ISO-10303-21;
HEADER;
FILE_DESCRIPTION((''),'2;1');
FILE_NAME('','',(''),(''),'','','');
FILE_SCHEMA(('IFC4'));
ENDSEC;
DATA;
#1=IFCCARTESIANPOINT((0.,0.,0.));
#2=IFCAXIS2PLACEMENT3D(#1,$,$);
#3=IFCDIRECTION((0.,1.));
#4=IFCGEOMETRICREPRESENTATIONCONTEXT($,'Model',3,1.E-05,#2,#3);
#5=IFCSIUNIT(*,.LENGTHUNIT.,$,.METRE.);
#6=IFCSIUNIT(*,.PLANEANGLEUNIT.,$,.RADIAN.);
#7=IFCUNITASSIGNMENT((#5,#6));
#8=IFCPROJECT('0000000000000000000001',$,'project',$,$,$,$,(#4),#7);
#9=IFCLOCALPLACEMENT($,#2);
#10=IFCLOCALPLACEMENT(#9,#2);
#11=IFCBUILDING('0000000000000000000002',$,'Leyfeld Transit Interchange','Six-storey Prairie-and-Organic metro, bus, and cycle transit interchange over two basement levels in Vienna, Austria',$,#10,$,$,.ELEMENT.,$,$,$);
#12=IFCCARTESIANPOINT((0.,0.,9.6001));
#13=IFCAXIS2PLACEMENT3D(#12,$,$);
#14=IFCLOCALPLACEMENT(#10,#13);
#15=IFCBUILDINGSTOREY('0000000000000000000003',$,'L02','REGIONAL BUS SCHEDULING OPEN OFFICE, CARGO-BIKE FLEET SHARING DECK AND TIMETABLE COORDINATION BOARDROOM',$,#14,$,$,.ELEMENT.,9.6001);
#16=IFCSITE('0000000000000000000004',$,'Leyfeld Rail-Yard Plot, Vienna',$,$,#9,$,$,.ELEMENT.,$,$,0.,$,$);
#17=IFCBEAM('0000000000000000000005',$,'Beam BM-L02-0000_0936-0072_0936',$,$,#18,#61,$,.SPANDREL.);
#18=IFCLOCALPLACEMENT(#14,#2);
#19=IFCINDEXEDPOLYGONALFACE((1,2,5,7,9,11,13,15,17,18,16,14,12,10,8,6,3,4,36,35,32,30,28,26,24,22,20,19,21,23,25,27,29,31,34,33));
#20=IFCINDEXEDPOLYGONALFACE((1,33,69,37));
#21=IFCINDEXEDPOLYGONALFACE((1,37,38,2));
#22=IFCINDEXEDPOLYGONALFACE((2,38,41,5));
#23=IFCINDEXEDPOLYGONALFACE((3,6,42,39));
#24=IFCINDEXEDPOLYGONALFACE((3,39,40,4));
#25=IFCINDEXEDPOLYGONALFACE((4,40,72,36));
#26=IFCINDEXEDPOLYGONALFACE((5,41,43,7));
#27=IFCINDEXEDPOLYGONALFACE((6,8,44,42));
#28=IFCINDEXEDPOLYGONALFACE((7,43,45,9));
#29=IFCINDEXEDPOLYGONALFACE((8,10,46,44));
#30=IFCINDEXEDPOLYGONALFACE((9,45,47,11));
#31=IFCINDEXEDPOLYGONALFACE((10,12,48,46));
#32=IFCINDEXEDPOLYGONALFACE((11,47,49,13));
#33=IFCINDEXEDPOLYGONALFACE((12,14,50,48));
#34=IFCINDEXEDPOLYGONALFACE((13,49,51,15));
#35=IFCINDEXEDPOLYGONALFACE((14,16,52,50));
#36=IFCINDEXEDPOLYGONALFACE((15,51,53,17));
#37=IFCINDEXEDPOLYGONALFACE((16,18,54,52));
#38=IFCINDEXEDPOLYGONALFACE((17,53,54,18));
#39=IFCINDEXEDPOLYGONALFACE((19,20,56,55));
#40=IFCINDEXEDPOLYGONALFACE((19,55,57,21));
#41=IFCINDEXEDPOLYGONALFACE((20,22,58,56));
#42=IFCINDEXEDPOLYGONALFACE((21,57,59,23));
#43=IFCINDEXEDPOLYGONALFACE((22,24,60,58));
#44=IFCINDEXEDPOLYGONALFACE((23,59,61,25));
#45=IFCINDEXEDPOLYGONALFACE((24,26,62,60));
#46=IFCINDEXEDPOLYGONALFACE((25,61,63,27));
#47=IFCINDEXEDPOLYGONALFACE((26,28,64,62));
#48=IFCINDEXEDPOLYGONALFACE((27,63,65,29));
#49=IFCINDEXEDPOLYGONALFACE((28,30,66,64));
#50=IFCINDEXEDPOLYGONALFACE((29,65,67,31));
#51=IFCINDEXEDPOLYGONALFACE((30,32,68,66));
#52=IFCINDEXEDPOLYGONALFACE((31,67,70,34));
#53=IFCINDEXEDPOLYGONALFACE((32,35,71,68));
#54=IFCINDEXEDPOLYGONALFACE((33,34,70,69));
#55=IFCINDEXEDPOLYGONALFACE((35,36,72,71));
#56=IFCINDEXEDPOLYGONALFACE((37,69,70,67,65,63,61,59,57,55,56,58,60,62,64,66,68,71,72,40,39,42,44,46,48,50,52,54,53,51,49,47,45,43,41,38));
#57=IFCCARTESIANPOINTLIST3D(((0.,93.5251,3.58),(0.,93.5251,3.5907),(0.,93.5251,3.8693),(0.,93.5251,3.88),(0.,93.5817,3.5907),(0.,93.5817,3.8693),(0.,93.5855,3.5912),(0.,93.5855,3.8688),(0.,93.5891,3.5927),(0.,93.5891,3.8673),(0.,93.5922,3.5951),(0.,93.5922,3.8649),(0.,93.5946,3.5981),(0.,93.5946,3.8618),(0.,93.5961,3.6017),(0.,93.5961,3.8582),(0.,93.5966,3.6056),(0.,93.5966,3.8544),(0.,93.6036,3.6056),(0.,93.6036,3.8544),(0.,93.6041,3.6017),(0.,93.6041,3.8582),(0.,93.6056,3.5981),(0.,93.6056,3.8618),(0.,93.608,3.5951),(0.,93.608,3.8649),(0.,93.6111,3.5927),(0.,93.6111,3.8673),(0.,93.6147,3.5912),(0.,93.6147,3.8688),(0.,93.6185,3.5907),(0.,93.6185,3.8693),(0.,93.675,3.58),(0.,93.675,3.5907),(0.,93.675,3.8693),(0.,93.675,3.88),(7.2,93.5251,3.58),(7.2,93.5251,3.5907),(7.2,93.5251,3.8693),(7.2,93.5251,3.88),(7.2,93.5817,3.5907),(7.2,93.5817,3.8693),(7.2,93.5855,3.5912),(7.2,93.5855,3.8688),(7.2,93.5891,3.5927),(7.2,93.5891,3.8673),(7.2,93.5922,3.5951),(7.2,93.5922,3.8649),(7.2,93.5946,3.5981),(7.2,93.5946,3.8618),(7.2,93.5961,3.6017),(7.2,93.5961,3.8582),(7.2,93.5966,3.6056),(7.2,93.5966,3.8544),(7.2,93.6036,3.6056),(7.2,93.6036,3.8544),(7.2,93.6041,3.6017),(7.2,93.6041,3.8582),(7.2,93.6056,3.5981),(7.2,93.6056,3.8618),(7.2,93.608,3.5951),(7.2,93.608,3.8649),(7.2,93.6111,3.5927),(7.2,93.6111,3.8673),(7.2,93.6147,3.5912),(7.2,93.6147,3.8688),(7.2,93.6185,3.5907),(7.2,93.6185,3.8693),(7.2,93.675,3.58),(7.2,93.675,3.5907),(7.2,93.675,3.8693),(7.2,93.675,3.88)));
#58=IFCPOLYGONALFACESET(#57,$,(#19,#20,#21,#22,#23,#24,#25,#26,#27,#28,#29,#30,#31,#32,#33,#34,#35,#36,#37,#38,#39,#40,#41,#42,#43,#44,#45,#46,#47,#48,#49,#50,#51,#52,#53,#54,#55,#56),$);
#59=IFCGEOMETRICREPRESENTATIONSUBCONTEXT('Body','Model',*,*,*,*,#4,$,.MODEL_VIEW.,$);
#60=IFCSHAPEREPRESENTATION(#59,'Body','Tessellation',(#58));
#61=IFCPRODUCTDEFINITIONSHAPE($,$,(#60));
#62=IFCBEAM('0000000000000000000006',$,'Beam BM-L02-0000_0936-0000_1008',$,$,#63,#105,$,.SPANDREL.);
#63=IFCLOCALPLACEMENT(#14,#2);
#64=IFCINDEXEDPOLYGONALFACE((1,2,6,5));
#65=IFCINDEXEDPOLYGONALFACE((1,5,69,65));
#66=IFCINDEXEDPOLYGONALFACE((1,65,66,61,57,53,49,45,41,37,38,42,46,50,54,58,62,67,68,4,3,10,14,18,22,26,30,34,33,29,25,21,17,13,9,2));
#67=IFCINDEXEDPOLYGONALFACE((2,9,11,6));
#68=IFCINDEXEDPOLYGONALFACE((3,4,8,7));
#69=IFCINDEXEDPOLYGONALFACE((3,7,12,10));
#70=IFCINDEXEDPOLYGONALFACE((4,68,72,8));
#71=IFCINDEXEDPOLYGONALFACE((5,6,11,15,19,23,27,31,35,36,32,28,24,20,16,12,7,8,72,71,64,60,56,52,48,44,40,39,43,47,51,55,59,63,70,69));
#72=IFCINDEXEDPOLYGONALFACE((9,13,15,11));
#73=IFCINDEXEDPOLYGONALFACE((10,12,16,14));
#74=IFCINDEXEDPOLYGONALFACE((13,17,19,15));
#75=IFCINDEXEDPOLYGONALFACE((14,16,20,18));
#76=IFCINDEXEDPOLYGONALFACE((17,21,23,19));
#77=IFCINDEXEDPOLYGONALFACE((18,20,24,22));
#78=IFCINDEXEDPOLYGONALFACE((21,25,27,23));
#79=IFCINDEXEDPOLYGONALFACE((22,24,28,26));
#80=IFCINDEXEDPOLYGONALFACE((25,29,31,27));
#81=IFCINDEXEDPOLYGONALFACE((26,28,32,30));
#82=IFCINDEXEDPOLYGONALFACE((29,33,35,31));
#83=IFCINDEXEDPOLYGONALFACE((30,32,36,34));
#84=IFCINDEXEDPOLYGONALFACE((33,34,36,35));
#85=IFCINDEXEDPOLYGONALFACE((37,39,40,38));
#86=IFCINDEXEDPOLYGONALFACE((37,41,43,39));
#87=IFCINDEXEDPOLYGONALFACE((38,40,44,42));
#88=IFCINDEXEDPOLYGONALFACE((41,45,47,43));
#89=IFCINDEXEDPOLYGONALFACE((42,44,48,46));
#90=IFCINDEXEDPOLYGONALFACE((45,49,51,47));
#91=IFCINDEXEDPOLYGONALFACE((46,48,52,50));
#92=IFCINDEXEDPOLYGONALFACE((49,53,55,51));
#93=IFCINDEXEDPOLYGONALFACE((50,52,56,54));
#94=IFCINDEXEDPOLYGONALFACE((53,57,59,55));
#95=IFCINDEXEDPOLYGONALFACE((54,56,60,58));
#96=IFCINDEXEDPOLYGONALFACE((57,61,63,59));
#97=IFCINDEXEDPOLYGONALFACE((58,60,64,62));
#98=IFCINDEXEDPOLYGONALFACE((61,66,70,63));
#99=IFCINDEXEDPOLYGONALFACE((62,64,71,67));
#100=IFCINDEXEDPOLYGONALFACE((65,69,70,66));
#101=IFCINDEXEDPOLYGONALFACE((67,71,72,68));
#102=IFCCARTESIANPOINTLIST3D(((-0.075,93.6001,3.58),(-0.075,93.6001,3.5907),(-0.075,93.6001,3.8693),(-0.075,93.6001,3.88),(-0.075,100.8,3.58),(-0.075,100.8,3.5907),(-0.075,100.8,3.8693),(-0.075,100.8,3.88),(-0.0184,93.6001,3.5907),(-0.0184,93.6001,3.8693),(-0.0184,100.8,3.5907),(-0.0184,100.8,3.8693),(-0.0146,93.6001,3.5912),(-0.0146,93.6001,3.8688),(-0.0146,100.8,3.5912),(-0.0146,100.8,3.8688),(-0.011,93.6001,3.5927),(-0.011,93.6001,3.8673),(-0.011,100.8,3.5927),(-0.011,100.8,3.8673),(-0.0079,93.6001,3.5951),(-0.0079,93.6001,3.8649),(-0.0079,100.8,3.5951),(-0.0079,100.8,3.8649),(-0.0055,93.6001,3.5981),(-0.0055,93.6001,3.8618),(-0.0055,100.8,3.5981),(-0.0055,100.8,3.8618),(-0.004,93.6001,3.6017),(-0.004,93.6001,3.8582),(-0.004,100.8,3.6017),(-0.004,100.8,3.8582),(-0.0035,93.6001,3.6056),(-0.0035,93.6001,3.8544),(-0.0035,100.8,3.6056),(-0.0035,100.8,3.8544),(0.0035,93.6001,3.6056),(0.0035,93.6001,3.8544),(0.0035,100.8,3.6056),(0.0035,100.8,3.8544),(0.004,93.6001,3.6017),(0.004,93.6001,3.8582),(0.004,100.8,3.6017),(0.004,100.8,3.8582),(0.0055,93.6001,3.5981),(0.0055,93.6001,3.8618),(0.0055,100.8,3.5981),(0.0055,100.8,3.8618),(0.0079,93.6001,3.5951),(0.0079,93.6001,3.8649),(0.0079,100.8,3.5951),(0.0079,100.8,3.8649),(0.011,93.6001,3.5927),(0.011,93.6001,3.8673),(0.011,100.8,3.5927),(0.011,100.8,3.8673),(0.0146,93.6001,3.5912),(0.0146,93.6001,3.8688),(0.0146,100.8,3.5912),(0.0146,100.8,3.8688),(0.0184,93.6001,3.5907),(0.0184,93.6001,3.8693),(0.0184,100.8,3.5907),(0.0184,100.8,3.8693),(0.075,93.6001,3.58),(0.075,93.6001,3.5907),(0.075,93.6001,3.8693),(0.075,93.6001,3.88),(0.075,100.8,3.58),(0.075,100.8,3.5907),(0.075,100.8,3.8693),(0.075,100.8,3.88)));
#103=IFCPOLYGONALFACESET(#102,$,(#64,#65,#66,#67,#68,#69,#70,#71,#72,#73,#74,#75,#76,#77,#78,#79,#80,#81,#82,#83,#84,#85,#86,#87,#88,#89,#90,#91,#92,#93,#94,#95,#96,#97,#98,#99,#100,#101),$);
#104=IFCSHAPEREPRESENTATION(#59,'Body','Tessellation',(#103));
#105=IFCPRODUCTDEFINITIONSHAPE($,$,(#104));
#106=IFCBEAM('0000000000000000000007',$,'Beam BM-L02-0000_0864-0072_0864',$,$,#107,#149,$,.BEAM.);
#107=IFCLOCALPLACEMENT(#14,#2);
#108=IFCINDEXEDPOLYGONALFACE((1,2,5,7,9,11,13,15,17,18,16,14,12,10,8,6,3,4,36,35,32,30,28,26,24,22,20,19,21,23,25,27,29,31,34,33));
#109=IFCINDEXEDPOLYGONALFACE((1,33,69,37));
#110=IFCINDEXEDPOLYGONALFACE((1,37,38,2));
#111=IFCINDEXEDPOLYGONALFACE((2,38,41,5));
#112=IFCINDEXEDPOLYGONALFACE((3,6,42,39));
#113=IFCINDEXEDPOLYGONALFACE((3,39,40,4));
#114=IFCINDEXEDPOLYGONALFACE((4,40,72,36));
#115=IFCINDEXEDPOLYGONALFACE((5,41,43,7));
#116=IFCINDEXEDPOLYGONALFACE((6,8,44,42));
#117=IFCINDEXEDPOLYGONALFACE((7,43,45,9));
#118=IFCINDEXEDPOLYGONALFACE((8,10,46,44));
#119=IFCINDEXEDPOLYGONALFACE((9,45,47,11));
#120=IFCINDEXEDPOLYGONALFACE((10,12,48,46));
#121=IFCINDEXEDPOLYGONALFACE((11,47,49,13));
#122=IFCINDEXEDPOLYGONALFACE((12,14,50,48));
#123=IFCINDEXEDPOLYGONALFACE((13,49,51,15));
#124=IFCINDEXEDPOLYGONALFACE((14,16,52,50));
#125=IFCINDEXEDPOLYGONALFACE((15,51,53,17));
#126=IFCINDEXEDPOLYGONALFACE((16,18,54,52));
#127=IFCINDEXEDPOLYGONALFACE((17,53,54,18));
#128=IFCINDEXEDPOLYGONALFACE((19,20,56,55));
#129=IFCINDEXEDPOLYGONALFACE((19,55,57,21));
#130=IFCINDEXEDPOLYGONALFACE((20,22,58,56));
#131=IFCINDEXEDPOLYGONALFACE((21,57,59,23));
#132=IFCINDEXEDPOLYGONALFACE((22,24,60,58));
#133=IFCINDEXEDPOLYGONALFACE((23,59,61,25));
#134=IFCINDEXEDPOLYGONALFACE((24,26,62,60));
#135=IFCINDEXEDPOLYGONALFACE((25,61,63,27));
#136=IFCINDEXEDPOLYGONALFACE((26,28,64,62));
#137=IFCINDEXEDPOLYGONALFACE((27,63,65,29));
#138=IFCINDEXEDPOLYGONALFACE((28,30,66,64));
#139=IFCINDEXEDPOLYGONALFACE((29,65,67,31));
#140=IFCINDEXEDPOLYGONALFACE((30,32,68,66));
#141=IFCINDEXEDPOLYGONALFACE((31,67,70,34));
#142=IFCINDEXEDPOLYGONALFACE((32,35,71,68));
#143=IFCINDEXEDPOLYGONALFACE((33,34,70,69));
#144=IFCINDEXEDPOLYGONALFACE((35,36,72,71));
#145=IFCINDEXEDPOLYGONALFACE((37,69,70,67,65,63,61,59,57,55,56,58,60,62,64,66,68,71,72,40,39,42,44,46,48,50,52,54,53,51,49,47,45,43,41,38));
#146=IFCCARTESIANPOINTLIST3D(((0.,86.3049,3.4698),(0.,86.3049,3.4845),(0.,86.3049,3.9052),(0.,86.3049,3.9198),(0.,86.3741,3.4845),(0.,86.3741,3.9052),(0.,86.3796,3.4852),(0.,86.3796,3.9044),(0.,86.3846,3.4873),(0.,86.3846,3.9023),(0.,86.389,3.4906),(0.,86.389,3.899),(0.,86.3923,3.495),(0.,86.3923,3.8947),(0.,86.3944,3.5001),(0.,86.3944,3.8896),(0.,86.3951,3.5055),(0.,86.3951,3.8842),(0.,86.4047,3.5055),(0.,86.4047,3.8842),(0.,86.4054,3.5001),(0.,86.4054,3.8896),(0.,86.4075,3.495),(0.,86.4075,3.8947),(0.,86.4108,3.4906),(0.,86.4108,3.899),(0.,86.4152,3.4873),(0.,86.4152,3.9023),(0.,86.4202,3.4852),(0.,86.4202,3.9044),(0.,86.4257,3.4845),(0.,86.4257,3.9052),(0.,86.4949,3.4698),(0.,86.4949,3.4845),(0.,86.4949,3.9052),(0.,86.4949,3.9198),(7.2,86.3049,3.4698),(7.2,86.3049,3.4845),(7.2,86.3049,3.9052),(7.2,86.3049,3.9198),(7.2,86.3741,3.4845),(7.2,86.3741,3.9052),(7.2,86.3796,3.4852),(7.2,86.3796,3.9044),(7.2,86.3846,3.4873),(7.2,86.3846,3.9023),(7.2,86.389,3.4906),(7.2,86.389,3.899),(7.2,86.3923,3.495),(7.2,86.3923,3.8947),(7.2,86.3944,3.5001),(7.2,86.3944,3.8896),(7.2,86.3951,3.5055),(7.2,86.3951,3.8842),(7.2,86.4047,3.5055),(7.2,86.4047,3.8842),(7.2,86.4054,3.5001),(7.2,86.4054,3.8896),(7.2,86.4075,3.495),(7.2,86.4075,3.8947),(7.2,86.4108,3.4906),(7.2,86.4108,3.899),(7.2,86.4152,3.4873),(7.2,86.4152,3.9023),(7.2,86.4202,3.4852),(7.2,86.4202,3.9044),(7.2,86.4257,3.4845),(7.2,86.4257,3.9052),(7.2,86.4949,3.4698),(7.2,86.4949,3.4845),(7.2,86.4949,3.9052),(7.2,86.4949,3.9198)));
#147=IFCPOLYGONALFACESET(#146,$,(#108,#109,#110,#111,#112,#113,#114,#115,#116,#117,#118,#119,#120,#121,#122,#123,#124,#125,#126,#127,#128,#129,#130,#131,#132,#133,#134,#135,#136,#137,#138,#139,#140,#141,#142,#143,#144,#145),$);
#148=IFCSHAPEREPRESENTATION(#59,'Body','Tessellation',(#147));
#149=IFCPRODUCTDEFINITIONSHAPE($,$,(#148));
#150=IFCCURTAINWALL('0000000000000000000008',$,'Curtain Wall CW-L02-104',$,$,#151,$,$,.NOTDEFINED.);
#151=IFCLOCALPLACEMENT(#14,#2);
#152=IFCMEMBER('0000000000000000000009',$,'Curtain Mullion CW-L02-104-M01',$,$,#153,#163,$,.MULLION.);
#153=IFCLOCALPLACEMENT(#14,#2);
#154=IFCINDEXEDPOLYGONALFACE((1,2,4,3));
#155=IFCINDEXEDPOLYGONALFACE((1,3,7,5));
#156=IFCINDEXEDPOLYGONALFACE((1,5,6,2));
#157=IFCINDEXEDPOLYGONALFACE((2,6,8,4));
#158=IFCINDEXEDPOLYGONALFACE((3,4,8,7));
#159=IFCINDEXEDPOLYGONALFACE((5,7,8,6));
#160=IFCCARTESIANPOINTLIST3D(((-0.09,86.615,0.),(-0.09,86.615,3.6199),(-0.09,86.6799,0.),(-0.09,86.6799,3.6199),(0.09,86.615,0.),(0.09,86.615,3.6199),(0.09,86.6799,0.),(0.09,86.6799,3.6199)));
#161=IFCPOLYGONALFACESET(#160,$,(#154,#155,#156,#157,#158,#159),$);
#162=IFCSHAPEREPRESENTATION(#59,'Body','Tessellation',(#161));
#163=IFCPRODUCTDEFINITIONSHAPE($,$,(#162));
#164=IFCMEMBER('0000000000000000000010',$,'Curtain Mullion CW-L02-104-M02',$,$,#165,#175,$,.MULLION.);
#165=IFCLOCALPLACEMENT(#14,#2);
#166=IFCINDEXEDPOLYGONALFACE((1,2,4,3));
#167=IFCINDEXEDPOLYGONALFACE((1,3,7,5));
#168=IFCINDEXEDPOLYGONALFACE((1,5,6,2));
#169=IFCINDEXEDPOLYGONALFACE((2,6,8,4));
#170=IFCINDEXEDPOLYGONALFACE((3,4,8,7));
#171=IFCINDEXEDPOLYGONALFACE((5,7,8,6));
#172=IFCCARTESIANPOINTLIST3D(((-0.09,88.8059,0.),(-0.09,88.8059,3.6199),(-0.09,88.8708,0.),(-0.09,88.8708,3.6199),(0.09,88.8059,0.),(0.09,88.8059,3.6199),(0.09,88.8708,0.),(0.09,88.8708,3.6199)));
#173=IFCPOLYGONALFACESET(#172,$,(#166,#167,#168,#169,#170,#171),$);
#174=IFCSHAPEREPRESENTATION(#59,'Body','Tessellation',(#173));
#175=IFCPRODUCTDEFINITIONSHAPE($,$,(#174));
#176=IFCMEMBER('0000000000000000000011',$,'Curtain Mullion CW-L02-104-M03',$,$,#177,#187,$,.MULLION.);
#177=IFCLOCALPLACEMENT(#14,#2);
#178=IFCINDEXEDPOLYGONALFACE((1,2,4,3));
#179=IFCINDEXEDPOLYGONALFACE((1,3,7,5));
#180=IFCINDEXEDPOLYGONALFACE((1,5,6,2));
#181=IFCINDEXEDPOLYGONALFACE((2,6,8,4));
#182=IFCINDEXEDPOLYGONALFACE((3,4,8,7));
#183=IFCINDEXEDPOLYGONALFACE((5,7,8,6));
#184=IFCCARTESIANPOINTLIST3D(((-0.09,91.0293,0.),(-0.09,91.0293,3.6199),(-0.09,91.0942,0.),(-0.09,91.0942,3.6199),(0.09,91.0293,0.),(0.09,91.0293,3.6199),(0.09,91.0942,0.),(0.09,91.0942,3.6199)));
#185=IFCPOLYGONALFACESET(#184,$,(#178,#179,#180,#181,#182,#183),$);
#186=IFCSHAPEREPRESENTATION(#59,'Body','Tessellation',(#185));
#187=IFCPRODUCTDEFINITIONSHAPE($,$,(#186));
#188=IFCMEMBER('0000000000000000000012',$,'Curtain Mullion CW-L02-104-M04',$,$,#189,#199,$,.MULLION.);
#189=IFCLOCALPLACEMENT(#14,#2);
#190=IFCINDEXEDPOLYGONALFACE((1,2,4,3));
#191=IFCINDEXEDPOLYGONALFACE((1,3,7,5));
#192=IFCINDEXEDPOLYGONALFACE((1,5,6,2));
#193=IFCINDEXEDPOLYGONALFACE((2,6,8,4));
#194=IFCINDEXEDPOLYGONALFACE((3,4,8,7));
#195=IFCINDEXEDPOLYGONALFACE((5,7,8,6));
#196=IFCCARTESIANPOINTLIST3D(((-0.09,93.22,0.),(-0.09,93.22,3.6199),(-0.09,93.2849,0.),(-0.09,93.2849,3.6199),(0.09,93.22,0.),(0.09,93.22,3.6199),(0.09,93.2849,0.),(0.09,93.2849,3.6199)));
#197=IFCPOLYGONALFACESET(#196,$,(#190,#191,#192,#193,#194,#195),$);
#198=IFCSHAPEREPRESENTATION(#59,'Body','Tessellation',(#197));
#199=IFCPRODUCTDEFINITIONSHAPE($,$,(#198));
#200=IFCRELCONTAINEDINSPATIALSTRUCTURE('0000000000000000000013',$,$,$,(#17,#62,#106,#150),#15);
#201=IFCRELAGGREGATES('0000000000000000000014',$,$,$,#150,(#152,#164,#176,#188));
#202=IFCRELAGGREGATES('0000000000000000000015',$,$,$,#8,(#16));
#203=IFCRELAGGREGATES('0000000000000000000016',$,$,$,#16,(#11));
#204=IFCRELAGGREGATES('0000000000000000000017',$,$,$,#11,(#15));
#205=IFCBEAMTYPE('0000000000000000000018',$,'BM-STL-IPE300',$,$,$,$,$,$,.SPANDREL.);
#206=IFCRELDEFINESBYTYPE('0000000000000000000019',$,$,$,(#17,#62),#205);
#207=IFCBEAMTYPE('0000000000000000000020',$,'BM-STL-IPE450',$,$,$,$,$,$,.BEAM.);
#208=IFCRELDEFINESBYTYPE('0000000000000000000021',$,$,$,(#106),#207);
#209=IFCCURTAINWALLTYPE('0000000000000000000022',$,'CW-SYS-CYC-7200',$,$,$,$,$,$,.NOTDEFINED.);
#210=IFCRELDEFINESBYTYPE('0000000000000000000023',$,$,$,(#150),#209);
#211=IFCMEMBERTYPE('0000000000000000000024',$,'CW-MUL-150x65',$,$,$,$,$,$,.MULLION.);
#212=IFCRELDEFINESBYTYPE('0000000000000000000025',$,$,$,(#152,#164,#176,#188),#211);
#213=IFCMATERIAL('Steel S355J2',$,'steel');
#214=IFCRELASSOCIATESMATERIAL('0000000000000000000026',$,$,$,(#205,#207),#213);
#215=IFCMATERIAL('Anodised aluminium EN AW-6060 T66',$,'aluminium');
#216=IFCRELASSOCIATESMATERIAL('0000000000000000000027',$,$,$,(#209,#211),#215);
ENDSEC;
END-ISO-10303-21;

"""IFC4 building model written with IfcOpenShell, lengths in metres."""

from ifc_helpers import new_model, si_unit, direction, frame, origin, origin_2d, place, context, subcontext, project, spatial, rectangle, i_section, extrude, material, material_profile, profile_set, type_object, element, aggregate, save


model = new_model("IFC4")

# Units and contexts
model_context = context("Model", 3, precision=1e-05, world=origin(), true_north=direction((0.0, 1.0)))
body_context = subcontext(model_context, "Body", "Model", "MODEL_VIEW")
ifc_project = project(units=[si_unit("LENGTHUNIT", "METRE"), si_unit("PLANEANGLEUNIT", "RADIAN")], contexts=[model_context])

# Site, building, storey
site_placement = place(None, origin())
site = spatial("IfcSite", under=ifc_project, at=site_placement, Name="Leyfeld Rail-Yard Plot, Vienna", CompositionType="ELEMENT", RefElevation=0.0)
building_placement = place(site_placement, origin())
building = spatial("IfcBuilding", under=site, at=building_placement, Name="Leyfeld Transit Interchange", Description="Six-storey Prairie-and-Organic metro, bus, and cycle transit interchange over two basement levels in Vienna, Austria", CompositionType="ELEMENT")
storey_placement = place(building_placement, frame((0.0, 0.0, 9.6001)))
storey = spatial("IfcBuildingStorey", under=building, at=storey_placement, Name="L02", Description="REGIONAL BUS SCHEDULING OPEN OFFICE, CARGO-BIKE FLEET SHARING DECK AND TIMETABLE COORDINATION BOARDROOM", CompositionType="ELEMENT", Elevation=9.6001)

# Beams
ifc_material_1 = material(Name="Steel S355J2", Category="steel")
ifc_material_profile_1 = material_profile(ifc_material_1, i_section(OverallWidth=0.1499, OverallDepth=0.3, WebThickness=0.0071, FlangeThickness=0.0107, FilletRadius=0.0149, at=origin_2d()), Name="IPE 300")
ifc_profile_set_1 = profile_set([ifc_material_profile_1], Name="Steel S355J2")
beam_type_1 = type_object("IfcBeamType", Name="BM-STL-IPE300", PredefinedType="SPANDREL", material=ifc_profile_set_1)
for number, where, z_axis, x_axis, name in (
    (1, (0.0, 93.6001, 3.73), (1.0, 0.0, 0.0), (0.0, 1.0, 0.0), "Beam BM-L02-0000_0936-0072_0936"),
    (2, (0.0, 93.6001, 3.73), (0.0, 1.0, 0.0), (-1.0, 0.0, 0.0), "Beam BM-L02-0000_0936-0000_1008"),
):
    element("IfcBeam", number, at=place(storey_placement, frame(where, z_axis=z_axis, x_axis=x_axis)), inside=storey, type_object=beam_type_1, Name=name, PredefinedType="SPANDREL", context=body_context, shape_type="SweptSolid", body=[
        extrude(i_section(OverallWidth=0.1499, OverallDepth=0.3, WebThickness=0.0071, FlangeThickness=0.0107, FilletRadius=0.0149, at=origin_2d()), origin(), (0.0, 0.0, 1.0), 7.2),
    ])
ifc_material_profile_2 = material_profile(ifc_material_1, i_section(OverallWidth=0.1899, OverallDepth=0.45, WebThickness=0.0095, FlangeThickness=0.0146, FilletRadius=0.021, at=origin_2d()), Name="IPE 450")
ifc_profile_set_2 = profile_set([ifc_material_profile_2], Name="Steel S355J2")
beam_type_2 = type_object("IfcBeamType", Name="BM-STL-IPE450", PredefinedType="BEAM", material=ifc_profile_set_2)
beam_1_placement = place(storey_placement, frame((0.0, 86.3999, 3.6948), z_axis=(1.0, 0.0, 0.0), x_axis=(0.0, 1.0, 0.0)))
element("IfcBeam", 3, at=beam_1_placement, inside=storey, type_object=beam_type_2, Name="Beam BM-L02-0000_0864-0072_0864", PredefinedType="BEAM", context=body_context, shape_type="SweptSolid", body=[
    extrude(i_section(OverallWidth=0.1899, OverallDepth=0.45, WebThickness=0.0095, FlangeThickness=0.0146, FilletRadius=0.021, at=origin_2d()), origin(), (0.0, 0.0, 1.0), 7.2),
])

# Curtain wall, members
ifc_material_2 = material(Name="Anodised aluminium EN AW-6060 T66", Category="aluminium")
curtain_wall_type = type_object("IfcCurtainWallType", Name="CW-SYS-CYC-7200", PredefinedType="NOTDEFINED", material=ifc_material_2)
curtain_wall_placement = place(storey_placement, origin())
curtain_wall = element("IfcCurtainWall", 4, at=curtain_wall_placement, inside=storey, type_object=curtain_wall_type, Name="Curtain Wall CW-L02-104", PredefinedType="NOTDEFINED")
ifc_material_profile_3 = material_profile(ifc_material_2, rectangle(XDim=0.0649, YDim=0.1799, at=origin_2d()), Name="CW-M 65x180")
ifc_profile_set_3 = profile_set([ifc_material_profile_3], Name="Anodised aluminium EN AW-6060 T66")
member_type_1 = type_object("IfcMemberType", Name="CW-MUL-150x65", PredefinedType="MULLION", material=ifc_profile_set_3)
member_1_placement = place(storey_placement, frame((0.0, 86.6475, 0.0), z_axis=(0.0, 0.0, 1.0), x_axis=(0.0, 1.0, 0.0)))
member_1 = element("IfcMember", 5, at=member_1_placement, type_object=member_type_1, Name="Curtain Mullion CW-L02-104-M01", PredefinedType="MULLION", context=body_context, shape_type="SweptSolid", body=[
    extrude(rectangle(XDim=0.0649, YDim=0.1799, at=origin_2d()), origin(), (0.0, 0.0, 1.0), 3.6199),
])
member_2_placement = place(storey_placement, frame((0.0, 88.8384, 0.0), z_axis=(0.0, 0.0, 1.0), x_axis=(0.0, 1.0, 0.0)))
member_2 = element("IfcMember", 6, at=member_2_placement, type_object=member_type_1, Name="Curtain Mullion CW-L02-104-M02", PredefinedType="MULLION", context=body_context, shape_type="SweptSolid", body=[
    extrude(rectangle(XDim=0.0649, YDim=0.1799, at=origin_2d()), origin(), (0.0, 0.0, 1.0), 3.6199),
])
member_3_placement = place(storey_placement, frame((0.0, 91.0618, 0.0), z_axis=(0.0, 0.0, 1.0), x_axis=(0.0, 1.0, 0.0)))
member_3 = element("IfcMember", 7, at=member_3_placement, type_object=member_type_1, Name="Curtain Mullion CW-L02-104-M03", PredefinedType="MULLION", context=body_context, shape_type="SweptSolid", body=[
    extrude(rectangle(XDim=0.0649, YDim=0.1799, at=origin_2d()), origin(), (0.0, 0.0, 1.0), 3.6199),
])
member_4_placement = place(storey_placement, frame((0.0, 93.2524, 0.0), z_axis=(0.0, 0.0, 1.0), x_axis=(0.0, 1.0, 0.0)))
member_4 = element("IfcMember", 8, at=member_4_placement, type_object=member_type_1, Name="Curtain Mullion CW-L02-104-M04", PredefinedType="MULLION", context=body_context, shape_type="SweptSolid", body=[
    extrude(rectangle(XDim=0.0649, YDim=0.1799, at=origin_2d()), origin(), (0.0, 0.0, 1.0), 3.6199),
])
aggregate(curtain_wall, [member_1, member_2, member_3, member_4])

save(model, "model.ifc")
